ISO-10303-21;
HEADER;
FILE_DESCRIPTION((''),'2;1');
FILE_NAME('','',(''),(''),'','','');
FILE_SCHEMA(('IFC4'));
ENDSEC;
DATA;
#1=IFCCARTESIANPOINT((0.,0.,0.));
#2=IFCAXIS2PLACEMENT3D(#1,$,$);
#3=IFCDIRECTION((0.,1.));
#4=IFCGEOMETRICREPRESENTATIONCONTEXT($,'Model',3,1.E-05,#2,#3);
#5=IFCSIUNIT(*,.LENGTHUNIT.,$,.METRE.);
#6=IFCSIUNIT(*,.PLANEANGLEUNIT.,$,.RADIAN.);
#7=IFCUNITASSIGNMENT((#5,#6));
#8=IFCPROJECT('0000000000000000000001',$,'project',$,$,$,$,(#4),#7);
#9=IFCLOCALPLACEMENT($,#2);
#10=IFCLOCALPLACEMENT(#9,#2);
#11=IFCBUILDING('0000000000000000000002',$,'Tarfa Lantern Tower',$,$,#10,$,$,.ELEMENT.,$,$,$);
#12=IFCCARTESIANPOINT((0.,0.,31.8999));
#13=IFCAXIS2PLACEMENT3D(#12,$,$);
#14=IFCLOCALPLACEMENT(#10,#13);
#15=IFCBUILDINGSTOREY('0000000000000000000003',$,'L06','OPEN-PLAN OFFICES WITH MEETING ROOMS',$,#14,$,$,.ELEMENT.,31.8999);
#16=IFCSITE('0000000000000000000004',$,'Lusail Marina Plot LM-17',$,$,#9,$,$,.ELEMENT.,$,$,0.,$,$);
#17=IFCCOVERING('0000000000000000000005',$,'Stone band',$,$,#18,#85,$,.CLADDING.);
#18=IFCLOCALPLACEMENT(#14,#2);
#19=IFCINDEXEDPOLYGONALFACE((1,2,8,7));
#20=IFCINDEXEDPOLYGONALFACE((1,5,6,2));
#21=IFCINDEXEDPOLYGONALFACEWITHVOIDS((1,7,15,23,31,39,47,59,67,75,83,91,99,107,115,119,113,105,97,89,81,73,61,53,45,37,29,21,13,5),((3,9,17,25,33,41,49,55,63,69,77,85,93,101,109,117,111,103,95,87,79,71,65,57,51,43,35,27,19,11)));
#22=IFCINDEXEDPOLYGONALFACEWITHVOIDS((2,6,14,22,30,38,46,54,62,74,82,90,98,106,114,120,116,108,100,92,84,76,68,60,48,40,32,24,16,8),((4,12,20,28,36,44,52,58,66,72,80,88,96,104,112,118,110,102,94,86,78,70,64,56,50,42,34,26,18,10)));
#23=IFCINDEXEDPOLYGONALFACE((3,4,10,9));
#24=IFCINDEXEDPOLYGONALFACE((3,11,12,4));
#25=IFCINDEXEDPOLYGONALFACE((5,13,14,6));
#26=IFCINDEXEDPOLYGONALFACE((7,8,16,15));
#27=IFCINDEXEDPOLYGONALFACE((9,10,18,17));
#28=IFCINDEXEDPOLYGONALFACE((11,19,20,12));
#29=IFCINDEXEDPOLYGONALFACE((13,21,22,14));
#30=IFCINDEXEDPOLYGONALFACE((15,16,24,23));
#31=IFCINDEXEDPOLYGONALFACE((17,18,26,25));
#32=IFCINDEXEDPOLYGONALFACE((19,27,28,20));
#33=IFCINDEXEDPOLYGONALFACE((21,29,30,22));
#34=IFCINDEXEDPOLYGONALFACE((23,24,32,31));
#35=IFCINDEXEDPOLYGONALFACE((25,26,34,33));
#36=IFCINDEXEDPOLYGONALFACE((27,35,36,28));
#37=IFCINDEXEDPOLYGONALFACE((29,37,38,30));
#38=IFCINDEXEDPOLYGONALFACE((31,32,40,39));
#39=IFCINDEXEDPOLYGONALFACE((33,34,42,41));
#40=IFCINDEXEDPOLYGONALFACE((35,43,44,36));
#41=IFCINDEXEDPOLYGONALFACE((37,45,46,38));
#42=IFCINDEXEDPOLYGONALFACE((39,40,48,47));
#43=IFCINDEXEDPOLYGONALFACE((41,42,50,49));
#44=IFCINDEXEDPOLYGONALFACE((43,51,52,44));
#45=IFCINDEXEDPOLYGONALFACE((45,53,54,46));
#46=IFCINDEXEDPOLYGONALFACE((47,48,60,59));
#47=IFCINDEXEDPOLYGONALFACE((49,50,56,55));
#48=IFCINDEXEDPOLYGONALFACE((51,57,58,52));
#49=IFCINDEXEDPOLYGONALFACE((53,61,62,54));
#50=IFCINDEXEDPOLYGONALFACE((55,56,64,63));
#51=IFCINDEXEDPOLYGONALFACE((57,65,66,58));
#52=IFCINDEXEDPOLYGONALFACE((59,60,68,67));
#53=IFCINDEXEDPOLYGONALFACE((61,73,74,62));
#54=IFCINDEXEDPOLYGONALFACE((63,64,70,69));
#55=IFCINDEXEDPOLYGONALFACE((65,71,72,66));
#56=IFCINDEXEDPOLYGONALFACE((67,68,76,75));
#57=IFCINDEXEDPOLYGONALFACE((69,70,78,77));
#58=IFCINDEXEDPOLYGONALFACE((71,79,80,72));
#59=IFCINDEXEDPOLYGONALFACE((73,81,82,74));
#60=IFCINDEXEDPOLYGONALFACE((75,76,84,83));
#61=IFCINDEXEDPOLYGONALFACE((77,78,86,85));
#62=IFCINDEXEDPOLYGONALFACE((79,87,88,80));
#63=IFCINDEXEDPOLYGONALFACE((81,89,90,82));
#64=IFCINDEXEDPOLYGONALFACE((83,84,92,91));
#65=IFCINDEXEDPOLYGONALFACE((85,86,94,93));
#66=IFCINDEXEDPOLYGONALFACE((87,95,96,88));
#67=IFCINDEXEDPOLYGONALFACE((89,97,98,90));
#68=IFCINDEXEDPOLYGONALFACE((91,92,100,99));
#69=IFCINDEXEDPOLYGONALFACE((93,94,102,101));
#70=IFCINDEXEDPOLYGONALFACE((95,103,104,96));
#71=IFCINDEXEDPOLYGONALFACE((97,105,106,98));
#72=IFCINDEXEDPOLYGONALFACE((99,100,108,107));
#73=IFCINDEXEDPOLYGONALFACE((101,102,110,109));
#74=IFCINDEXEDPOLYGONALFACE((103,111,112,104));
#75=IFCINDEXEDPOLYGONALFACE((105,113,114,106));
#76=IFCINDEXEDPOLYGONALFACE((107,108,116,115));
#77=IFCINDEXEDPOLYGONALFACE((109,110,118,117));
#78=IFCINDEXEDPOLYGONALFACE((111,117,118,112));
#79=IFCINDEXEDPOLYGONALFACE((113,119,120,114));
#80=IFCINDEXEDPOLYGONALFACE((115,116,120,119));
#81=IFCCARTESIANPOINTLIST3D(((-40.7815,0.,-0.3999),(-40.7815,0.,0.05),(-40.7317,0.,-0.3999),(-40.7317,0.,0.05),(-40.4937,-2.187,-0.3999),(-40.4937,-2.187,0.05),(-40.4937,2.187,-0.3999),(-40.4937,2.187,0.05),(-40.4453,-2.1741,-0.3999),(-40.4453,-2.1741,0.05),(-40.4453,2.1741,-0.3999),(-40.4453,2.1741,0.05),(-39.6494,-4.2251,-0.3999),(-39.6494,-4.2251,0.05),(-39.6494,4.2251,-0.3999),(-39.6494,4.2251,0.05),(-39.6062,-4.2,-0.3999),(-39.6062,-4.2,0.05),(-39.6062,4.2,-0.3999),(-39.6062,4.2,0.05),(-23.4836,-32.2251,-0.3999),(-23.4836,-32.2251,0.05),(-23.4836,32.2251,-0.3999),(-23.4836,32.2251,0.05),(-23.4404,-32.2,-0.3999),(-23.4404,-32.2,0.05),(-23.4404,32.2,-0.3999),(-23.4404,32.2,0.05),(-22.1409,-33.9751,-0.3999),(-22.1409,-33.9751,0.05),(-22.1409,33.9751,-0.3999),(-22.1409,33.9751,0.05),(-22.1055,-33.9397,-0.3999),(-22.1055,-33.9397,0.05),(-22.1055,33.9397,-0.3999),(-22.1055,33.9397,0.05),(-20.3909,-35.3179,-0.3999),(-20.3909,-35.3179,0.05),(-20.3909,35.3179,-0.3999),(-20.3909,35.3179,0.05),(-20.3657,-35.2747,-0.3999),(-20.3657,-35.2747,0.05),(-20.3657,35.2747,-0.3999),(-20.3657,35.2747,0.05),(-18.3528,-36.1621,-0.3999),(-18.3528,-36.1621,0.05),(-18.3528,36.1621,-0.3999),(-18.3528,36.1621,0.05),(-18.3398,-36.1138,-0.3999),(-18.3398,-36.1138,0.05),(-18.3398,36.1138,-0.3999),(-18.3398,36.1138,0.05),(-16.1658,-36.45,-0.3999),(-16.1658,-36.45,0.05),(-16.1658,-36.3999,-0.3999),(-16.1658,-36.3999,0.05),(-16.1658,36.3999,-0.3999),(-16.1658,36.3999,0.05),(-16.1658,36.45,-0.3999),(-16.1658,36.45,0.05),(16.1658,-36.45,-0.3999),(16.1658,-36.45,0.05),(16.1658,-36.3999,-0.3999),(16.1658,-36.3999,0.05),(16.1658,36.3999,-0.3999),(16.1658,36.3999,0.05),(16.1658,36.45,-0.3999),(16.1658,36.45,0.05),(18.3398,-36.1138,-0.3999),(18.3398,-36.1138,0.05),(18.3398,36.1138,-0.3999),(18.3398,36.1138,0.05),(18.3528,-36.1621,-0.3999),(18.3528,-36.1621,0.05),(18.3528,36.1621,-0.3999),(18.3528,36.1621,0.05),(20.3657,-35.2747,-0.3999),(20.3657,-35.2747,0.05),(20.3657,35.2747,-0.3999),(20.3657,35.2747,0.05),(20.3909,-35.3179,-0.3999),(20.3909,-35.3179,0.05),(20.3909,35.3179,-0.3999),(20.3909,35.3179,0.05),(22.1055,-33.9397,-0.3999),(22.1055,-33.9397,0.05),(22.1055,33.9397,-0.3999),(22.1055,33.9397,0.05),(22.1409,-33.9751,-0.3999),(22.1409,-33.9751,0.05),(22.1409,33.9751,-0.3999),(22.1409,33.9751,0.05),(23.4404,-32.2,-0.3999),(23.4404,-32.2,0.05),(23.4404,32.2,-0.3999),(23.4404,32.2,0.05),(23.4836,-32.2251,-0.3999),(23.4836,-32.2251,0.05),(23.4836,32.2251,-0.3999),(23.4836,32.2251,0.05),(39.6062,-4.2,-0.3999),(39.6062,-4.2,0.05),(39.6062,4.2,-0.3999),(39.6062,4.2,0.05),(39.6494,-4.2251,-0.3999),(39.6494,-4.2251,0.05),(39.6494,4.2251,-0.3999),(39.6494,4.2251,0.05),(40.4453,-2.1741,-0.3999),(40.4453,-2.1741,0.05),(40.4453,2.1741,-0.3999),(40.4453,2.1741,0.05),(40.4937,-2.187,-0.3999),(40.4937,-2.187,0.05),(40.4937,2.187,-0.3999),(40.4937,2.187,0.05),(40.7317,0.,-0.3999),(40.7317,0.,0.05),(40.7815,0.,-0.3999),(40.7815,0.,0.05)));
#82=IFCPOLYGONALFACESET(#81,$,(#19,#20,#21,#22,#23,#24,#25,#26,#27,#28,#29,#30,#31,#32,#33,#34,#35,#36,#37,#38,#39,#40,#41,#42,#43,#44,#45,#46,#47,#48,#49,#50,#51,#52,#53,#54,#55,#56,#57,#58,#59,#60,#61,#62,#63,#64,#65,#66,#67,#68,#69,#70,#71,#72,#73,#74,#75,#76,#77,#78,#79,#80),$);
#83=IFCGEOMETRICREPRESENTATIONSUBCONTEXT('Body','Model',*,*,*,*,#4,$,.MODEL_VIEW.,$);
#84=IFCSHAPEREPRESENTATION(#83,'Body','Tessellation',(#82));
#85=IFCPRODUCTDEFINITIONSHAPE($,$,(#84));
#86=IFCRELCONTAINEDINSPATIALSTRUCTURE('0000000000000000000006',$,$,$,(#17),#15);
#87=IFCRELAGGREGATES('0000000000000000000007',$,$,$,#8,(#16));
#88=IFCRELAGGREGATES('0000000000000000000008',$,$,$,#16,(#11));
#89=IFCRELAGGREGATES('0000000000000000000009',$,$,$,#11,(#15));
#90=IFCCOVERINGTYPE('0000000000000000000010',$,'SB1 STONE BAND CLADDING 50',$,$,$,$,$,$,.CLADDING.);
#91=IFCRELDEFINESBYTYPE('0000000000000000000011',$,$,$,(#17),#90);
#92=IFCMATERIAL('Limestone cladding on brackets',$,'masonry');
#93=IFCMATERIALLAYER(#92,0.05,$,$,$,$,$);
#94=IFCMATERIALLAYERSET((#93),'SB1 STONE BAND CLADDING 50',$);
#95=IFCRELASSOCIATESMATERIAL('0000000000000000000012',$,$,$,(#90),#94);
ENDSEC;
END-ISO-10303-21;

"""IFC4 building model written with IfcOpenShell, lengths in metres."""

from ifc_helpers import new_model, si_unit, direction, frame, origin, place, context, subcontext, project, spatial, polyline, outline, extrude, material, layer, layer_set, type_object, element, save


model = new_model("IFC4")

# Units and contexts
model_context = context("Model", 3, precision=1e-05, world=origin(), true_north=direction((0.0, 1.0)))
body_context = subcontext(model_context, "Body", "Model", "MODEL_VIEW")
ifc_project = project(units=[si_unit("LENGTHUNIT", "METRE"), si_unit("PLANEANGLEUNIT", "RADIAN")], contexts=[model_context])

# Site, building, storey
site_placement = place(None, origin())
site = spatial("IfcSite", under=ifc_project, at=site_placement, Name="Lusail Marina Plot LM-17", CompositionType="ELEMENT", RefElevation=0.0)
building_placement = place(site_placement, origin())
building = spatial("IfcBuilding", under=site, at=building_placement, Name="Tarfa Lantern Tower", CompositionType="ELEMENT")
storey_placement = place(building_placement, frame((0.0, 0.0, 31.8999)))
storey = spatial("IfcBuildingStorey", under=building, at=storey_placement, Name="L06", Description="OPEN-PLAN OFFICES WITH MEETING ROOMS", CompositionType="ELEMENT", Elevation=31.8999)

# Covering
ifc_material_1 = material(Name="Limestone cladding on brackets", Category="masonry")
ifc_layer_1 = layer(ifc_material_1, 0.05)
ifc_layer_set_1 = layer_set([ifc_layer_1], Name="SB1 STONE BAND CLADDING 50")
covering_type_1 = type_object("IfcCoveringType", Name="SB1 STONE BAND CLADDING 50", PredefinedType="CLADDING", material=ifc_layer_set_1)
covering_1_placement = place(storey_placement, frame((0.0, 0.0, -0.3999)))
element("IfcCovering", 1, at=covering_1_placement, inside=storey, type_object=covering_type_1, Name="Stone band", PredefinedType="CLADDING", context=body_context, shape_type="SweptSolid", body=[
    extrude(outline(polyline([(39.6494, 4.2251), (23.4836, 32.2251), (22.1409, 33.9751), (20.3909, 35.3179), (18.3528, 36.1621), (16.1658, 36.45), (-16.1658, 36.45), (-18.3528, 36.1621), (-20.3909, 35.3179), (-22.1409, 33.9751), (-23.4836, 32.2251), (-39.6494, 4.2251), (-40.4937, 2.187), (-40.7815, 0.0), (-40.4937, -2.187), (-39.6494, -4.2251), (-23.4836, -32.2251), (-22.1409, -33.9751), (-20.3909, -35.3179), (-18.3528, -36.1621), (-16.1658, -36.45), (16.1658, -36.45), (18.3528, -36.1621), (20.3909, -35.3179), (22.1409, -33.9751), (23.4836, -32.2251), (39.6494, -4.2251), (40.4937, -2.187), (40.7815, 0.0), (40.4937, 2.187), (39.6494, 4.2251)]), holes=[polyline([(39.6062, 4.2), (23.4404, 32.2), (22.1055, 33.9397), (20.3657, 35.2747), (18.3398, 36.1138), (16.1658, 36.3999), (-16.1658, 36.3999), (-18.3398, 36.1138), (-20.3657, 35.2747), (-22.1055, 33.9397), (-23.4404, 32.2), (-39.6062, 4.2), (-40.4453, 2.1741), (-40.7317, 0.0), (-40.4453, -2.1741), (-39.6062, -4.2), (-23.4404, -32.2), (-22.1055, -33.9397), (-20.3657, -35.2747), (-18.3398, -36.1138), (-16.1658, -36.3999), (16.1658, -36.3999), (18.3398, -36.1138), (20.3657, -35.2747), (22.1055, -33.9397), (23.4404, -32.2), (39.6062, -4.2), (40.4453, -2.1741), (40.7317, 0.0), (40.4453, 2.1741), (39.6062, 4.2)])]), origin(), (0.0, 0.0, 1.0), 0.45),
])

save(model, "model.ifc")
